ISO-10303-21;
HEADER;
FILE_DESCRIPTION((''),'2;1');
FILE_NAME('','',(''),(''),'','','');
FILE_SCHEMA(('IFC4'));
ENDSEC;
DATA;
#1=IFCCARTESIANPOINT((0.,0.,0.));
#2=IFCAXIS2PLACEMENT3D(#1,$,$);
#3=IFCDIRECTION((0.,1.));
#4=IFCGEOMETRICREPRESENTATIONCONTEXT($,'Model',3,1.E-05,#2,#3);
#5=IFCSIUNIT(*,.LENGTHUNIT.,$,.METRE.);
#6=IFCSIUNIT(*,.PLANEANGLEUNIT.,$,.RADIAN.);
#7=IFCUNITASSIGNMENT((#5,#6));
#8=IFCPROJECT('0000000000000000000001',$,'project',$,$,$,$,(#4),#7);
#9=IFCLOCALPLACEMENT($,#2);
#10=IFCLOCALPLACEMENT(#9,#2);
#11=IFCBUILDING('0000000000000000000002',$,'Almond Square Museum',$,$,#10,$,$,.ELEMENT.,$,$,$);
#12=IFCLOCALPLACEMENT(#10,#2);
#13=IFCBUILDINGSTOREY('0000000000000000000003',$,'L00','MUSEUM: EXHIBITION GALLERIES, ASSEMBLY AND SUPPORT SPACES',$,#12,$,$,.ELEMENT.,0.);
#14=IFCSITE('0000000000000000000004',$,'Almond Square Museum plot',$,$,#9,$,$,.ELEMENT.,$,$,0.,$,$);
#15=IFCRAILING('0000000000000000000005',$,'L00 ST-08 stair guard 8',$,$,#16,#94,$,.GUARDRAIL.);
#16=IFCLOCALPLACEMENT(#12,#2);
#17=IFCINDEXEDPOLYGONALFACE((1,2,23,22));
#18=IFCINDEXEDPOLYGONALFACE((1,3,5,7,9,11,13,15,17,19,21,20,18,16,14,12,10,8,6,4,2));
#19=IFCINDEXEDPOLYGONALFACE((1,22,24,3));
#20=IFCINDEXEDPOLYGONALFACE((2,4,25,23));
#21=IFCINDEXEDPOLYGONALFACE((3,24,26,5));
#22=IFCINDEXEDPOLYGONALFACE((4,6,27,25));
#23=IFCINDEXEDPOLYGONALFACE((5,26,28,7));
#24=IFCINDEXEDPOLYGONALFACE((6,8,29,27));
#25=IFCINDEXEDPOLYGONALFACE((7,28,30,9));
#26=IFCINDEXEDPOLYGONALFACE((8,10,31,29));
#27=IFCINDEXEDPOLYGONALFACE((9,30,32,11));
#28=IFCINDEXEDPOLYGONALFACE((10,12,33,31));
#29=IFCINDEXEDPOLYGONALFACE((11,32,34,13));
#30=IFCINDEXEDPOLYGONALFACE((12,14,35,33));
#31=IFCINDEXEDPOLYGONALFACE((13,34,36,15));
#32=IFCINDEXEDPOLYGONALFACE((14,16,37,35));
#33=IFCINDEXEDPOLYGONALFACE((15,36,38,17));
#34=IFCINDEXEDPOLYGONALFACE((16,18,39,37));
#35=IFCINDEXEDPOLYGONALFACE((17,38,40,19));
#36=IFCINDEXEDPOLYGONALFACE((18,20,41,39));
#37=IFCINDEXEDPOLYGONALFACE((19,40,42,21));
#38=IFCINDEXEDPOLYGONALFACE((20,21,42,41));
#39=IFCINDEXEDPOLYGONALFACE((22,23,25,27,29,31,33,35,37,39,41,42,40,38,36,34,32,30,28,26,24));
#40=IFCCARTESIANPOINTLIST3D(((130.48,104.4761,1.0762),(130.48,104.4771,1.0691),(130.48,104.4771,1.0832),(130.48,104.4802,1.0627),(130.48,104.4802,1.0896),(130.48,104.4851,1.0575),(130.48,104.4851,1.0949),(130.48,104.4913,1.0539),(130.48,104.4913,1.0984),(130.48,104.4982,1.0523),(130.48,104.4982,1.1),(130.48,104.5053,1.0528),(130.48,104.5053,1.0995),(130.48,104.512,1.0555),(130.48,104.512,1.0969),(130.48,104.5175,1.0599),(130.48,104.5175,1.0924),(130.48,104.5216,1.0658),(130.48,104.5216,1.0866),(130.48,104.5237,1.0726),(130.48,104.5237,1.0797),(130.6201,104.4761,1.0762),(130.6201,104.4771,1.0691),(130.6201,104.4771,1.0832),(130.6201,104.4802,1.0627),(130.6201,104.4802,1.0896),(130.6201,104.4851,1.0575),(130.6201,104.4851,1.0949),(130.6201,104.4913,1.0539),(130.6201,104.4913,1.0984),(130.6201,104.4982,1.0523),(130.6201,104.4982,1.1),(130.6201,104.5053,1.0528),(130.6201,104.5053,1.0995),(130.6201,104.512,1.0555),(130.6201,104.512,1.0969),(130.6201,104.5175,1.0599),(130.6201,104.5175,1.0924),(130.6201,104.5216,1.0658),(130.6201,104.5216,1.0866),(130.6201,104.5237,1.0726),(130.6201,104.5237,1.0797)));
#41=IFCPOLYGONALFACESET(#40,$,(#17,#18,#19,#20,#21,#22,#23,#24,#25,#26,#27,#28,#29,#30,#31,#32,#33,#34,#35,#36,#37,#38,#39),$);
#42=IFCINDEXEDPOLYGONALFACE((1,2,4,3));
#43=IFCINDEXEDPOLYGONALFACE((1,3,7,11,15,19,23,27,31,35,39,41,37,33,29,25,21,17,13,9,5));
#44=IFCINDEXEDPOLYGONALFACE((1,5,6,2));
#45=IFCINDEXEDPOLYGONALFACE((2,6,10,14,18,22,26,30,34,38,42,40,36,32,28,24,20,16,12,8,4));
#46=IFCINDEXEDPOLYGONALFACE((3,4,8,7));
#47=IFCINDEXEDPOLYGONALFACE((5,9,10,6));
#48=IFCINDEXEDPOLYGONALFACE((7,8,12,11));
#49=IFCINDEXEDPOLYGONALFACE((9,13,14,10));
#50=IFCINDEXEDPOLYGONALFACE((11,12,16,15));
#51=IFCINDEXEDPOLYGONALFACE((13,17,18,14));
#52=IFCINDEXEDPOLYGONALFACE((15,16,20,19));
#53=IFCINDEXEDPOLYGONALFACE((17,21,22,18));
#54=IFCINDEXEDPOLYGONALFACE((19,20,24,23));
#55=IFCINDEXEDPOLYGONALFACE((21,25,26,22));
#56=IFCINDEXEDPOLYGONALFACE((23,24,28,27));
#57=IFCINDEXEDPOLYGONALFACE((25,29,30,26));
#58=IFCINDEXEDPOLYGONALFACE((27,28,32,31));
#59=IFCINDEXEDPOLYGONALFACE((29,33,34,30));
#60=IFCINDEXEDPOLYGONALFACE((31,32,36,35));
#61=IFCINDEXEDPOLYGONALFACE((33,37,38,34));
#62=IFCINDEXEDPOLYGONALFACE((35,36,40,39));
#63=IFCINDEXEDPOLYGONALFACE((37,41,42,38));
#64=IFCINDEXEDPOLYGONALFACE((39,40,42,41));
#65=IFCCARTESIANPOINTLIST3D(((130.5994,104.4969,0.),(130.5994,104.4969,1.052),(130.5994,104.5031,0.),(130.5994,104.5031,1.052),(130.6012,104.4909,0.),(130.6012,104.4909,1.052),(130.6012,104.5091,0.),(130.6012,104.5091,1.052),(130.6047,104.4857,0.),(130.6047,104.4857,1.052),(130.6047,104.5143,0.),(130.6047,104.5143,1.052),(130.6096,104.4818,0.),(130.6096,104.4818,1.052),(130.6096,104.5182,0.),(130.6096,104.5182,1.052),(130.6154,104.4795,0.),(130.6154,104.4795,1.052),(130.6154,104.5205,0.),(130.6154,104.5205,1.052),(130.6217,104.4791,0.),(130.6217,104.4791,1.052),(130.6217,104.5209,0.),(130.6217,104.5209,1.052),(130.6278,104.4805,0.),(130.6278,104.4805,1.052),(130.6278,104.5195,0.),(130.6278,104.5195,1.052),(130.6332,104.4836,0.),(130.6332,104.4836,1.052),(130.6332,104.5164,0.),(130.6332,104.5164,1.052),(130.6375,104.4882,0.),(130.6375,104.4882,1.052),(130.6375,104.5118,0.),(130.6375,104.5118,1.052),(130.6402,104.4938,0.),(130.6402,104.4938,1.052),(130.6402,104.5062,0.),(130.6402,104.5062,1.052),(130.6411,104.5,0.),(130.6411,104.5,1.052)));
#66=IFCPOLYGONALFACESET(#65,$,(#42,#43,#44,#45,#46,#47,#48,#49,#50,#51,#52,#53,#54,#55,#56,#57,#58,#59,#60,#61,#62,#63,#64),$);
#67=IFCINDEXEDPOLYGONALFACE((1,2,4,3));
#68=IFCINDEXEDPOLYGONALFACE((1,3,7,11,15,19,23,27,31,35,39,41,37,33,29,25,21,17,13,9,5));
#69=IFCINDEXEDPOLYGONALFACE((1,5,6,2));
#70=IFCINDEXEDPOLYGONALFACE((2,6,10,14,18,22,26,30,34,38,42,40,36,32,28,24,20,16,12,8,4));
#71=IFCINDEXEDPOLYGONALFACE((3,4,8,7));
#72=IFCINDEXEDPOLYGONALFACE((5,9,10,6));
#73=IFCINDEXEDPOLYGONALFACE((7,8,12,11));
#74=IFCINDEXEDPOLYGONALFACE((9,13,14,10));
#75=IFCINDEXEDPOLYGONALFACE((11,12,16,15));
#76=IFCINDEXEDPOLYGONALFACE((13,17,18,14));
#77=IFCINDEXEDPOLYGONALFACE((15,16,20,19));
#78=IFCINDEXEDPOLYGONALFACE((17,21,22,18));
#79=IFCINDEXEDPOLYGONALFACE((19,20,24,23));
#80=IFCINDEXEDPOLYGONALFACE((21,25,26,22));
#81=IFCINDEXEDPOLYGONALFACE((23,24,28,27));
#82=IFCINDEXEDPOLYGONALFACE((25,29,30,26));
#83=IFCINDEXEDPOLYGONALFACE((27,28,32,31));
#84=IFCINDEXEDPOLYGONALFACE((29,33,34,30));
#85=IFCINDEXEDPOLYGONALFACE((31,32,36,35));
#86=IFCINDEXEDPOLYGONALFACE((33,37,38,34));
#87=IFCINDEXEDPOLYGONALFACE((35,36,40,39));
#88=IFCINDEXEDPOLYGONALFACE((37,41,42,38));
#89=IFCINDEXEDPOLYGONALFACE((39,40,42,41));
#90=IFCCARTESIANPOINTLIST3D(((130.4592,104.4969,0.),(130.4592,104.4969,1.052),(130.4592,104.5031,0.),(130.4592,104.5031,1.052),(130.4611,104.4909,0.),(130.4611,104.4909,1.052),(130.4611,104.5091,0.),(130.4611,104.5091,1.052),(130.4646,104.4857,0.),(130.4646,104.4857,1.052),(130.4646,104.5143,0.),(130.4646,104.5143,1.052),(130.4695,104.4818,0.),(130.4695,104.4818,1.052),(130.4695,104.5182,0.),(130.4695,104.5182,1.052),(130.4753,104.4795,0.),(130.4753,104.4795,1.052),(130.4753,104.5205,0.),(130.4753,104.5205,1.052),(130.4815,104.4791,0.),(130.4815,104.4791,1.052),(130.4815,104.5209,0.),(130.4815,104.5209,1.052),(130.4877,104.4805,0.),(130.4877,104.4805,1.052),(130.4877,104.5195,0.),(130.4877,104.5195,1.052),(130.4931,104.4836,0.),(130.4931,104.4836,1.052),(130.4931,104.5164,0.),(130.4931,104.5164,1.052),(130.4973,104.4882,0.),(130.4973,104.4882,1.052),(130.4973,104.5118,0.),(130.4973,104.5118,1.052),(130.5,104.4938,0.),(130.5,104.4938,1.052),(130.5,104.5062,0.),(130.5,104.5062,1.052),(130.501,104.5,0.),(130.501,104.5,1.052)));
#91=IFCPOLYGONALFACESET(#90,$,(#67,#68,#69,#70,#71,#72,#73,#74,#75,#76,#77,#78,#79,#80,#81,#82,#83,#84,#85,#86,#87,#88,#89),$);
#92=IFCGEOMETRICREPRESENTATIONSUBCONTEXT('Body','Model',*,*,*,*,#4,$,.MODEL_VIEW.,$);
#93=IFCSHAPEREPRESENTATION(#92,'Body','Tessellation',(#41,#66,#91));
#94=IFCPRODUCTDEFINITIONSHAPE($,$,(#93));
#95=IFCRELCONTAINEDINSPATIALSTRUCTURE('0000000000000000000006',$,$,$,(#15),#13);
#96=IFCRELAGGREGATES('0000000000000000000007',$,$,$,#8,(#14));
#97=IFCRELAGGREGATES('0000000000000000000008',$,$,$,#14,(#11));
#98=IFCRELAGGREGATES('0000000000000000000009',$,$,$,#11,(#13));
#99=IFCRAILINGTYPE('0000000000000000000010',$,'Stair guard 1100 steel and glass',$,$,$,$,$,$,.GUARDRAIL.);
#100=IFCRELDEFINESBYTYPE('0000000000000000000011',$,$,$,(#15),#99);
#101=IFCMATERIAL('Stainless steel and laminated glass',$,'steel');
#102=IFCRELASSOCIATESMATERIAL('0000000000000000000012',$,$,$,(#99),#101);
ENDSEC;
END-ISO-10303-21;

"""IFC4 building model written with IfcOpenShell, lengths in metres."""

from ifc_helpers import new_model, si_unit, direction, frame, origin, origin_2d, place, context, subcontext, project, spatial, circle, extrude, material, type_object, element, save


model = new_model("IFC4")

# Units and contexts
model_context = context("Model", 3, precision=1e-05, world=origin(), true_north=direction((0.0, 1.0)))
body_context = subcontext(model_context, "Body", "Model", "MODEL_VIEW")
ifc_project = project(units=[si_unit("LENGTHUNIT", "METRE"), si_unit("PLANEANGLEUNIT", "RADIAN")], contexts=[model_context])

# Site, building, storey
site_placement = place(None, origin())
site = spatial("IfcSite", under=ifc_project, at=site_placement, Name="Almond Square Museum plot", CompositionType="ELEMENT", RefElevation=0.0)
building_placement = place(site_placement, origin())
building = spatial("IfcBuilding", under=site, at=building_placement, Name="Almond Square Museum", CompositionType="ELEMENT")
storey_placement = place(building_placement, origin())
storey = spatial("IfcBuildingStorey", under=building, at=storey_placement, Name="L00", Description="MUSEUM: EXHIBITION GALLERIES, ASSEMBLY AND SUPPORT SPACES", CompositionType="ELEMENT", Elevation=0.0)

# Railing
ifc_material_1 = material(Name="Stainless steel and laminated glass", Category="steel")
railing_type_1 = type_object("IfcRailingType", Name="Stair guard 1100 steel and glass", PredefinedType="GUARDRAIL", material=ifc_material_1)
railing_1_placement = place(storey_placement, frame((130.6201, 104.5, 0.0)))
element("IfcRailing", 1, at=railing_1_placement, inside=storey, type_object=railing_type_1, Name="L00 ST-08 stair guard 8", PredefinedType="GUARDRAIL", context=body_context, shape_type="SweptSolid", body=[
    extrude(circle(Radius=0.0239, at=origin_2d()), frame((0.0, 0.0, 1.0762), z_axis=(-1.0, 0.0, 0.0), x_axis=(0.0, -1.0, 0.0)), (0.0, 0.0, 1.0), 0.1401),
    extrude(circle(Radius=0.021, at=origin_2d()), origin(), (0.0, 0.0, 1.0), 1.052),
    extrude(circle(Radius=0.021, at=origin_2d()), frame((-0.1401, 0.0, 0.0)), (0.0, 0.0, 1.0), 1.052),
])

save(model, "model.ifc")
